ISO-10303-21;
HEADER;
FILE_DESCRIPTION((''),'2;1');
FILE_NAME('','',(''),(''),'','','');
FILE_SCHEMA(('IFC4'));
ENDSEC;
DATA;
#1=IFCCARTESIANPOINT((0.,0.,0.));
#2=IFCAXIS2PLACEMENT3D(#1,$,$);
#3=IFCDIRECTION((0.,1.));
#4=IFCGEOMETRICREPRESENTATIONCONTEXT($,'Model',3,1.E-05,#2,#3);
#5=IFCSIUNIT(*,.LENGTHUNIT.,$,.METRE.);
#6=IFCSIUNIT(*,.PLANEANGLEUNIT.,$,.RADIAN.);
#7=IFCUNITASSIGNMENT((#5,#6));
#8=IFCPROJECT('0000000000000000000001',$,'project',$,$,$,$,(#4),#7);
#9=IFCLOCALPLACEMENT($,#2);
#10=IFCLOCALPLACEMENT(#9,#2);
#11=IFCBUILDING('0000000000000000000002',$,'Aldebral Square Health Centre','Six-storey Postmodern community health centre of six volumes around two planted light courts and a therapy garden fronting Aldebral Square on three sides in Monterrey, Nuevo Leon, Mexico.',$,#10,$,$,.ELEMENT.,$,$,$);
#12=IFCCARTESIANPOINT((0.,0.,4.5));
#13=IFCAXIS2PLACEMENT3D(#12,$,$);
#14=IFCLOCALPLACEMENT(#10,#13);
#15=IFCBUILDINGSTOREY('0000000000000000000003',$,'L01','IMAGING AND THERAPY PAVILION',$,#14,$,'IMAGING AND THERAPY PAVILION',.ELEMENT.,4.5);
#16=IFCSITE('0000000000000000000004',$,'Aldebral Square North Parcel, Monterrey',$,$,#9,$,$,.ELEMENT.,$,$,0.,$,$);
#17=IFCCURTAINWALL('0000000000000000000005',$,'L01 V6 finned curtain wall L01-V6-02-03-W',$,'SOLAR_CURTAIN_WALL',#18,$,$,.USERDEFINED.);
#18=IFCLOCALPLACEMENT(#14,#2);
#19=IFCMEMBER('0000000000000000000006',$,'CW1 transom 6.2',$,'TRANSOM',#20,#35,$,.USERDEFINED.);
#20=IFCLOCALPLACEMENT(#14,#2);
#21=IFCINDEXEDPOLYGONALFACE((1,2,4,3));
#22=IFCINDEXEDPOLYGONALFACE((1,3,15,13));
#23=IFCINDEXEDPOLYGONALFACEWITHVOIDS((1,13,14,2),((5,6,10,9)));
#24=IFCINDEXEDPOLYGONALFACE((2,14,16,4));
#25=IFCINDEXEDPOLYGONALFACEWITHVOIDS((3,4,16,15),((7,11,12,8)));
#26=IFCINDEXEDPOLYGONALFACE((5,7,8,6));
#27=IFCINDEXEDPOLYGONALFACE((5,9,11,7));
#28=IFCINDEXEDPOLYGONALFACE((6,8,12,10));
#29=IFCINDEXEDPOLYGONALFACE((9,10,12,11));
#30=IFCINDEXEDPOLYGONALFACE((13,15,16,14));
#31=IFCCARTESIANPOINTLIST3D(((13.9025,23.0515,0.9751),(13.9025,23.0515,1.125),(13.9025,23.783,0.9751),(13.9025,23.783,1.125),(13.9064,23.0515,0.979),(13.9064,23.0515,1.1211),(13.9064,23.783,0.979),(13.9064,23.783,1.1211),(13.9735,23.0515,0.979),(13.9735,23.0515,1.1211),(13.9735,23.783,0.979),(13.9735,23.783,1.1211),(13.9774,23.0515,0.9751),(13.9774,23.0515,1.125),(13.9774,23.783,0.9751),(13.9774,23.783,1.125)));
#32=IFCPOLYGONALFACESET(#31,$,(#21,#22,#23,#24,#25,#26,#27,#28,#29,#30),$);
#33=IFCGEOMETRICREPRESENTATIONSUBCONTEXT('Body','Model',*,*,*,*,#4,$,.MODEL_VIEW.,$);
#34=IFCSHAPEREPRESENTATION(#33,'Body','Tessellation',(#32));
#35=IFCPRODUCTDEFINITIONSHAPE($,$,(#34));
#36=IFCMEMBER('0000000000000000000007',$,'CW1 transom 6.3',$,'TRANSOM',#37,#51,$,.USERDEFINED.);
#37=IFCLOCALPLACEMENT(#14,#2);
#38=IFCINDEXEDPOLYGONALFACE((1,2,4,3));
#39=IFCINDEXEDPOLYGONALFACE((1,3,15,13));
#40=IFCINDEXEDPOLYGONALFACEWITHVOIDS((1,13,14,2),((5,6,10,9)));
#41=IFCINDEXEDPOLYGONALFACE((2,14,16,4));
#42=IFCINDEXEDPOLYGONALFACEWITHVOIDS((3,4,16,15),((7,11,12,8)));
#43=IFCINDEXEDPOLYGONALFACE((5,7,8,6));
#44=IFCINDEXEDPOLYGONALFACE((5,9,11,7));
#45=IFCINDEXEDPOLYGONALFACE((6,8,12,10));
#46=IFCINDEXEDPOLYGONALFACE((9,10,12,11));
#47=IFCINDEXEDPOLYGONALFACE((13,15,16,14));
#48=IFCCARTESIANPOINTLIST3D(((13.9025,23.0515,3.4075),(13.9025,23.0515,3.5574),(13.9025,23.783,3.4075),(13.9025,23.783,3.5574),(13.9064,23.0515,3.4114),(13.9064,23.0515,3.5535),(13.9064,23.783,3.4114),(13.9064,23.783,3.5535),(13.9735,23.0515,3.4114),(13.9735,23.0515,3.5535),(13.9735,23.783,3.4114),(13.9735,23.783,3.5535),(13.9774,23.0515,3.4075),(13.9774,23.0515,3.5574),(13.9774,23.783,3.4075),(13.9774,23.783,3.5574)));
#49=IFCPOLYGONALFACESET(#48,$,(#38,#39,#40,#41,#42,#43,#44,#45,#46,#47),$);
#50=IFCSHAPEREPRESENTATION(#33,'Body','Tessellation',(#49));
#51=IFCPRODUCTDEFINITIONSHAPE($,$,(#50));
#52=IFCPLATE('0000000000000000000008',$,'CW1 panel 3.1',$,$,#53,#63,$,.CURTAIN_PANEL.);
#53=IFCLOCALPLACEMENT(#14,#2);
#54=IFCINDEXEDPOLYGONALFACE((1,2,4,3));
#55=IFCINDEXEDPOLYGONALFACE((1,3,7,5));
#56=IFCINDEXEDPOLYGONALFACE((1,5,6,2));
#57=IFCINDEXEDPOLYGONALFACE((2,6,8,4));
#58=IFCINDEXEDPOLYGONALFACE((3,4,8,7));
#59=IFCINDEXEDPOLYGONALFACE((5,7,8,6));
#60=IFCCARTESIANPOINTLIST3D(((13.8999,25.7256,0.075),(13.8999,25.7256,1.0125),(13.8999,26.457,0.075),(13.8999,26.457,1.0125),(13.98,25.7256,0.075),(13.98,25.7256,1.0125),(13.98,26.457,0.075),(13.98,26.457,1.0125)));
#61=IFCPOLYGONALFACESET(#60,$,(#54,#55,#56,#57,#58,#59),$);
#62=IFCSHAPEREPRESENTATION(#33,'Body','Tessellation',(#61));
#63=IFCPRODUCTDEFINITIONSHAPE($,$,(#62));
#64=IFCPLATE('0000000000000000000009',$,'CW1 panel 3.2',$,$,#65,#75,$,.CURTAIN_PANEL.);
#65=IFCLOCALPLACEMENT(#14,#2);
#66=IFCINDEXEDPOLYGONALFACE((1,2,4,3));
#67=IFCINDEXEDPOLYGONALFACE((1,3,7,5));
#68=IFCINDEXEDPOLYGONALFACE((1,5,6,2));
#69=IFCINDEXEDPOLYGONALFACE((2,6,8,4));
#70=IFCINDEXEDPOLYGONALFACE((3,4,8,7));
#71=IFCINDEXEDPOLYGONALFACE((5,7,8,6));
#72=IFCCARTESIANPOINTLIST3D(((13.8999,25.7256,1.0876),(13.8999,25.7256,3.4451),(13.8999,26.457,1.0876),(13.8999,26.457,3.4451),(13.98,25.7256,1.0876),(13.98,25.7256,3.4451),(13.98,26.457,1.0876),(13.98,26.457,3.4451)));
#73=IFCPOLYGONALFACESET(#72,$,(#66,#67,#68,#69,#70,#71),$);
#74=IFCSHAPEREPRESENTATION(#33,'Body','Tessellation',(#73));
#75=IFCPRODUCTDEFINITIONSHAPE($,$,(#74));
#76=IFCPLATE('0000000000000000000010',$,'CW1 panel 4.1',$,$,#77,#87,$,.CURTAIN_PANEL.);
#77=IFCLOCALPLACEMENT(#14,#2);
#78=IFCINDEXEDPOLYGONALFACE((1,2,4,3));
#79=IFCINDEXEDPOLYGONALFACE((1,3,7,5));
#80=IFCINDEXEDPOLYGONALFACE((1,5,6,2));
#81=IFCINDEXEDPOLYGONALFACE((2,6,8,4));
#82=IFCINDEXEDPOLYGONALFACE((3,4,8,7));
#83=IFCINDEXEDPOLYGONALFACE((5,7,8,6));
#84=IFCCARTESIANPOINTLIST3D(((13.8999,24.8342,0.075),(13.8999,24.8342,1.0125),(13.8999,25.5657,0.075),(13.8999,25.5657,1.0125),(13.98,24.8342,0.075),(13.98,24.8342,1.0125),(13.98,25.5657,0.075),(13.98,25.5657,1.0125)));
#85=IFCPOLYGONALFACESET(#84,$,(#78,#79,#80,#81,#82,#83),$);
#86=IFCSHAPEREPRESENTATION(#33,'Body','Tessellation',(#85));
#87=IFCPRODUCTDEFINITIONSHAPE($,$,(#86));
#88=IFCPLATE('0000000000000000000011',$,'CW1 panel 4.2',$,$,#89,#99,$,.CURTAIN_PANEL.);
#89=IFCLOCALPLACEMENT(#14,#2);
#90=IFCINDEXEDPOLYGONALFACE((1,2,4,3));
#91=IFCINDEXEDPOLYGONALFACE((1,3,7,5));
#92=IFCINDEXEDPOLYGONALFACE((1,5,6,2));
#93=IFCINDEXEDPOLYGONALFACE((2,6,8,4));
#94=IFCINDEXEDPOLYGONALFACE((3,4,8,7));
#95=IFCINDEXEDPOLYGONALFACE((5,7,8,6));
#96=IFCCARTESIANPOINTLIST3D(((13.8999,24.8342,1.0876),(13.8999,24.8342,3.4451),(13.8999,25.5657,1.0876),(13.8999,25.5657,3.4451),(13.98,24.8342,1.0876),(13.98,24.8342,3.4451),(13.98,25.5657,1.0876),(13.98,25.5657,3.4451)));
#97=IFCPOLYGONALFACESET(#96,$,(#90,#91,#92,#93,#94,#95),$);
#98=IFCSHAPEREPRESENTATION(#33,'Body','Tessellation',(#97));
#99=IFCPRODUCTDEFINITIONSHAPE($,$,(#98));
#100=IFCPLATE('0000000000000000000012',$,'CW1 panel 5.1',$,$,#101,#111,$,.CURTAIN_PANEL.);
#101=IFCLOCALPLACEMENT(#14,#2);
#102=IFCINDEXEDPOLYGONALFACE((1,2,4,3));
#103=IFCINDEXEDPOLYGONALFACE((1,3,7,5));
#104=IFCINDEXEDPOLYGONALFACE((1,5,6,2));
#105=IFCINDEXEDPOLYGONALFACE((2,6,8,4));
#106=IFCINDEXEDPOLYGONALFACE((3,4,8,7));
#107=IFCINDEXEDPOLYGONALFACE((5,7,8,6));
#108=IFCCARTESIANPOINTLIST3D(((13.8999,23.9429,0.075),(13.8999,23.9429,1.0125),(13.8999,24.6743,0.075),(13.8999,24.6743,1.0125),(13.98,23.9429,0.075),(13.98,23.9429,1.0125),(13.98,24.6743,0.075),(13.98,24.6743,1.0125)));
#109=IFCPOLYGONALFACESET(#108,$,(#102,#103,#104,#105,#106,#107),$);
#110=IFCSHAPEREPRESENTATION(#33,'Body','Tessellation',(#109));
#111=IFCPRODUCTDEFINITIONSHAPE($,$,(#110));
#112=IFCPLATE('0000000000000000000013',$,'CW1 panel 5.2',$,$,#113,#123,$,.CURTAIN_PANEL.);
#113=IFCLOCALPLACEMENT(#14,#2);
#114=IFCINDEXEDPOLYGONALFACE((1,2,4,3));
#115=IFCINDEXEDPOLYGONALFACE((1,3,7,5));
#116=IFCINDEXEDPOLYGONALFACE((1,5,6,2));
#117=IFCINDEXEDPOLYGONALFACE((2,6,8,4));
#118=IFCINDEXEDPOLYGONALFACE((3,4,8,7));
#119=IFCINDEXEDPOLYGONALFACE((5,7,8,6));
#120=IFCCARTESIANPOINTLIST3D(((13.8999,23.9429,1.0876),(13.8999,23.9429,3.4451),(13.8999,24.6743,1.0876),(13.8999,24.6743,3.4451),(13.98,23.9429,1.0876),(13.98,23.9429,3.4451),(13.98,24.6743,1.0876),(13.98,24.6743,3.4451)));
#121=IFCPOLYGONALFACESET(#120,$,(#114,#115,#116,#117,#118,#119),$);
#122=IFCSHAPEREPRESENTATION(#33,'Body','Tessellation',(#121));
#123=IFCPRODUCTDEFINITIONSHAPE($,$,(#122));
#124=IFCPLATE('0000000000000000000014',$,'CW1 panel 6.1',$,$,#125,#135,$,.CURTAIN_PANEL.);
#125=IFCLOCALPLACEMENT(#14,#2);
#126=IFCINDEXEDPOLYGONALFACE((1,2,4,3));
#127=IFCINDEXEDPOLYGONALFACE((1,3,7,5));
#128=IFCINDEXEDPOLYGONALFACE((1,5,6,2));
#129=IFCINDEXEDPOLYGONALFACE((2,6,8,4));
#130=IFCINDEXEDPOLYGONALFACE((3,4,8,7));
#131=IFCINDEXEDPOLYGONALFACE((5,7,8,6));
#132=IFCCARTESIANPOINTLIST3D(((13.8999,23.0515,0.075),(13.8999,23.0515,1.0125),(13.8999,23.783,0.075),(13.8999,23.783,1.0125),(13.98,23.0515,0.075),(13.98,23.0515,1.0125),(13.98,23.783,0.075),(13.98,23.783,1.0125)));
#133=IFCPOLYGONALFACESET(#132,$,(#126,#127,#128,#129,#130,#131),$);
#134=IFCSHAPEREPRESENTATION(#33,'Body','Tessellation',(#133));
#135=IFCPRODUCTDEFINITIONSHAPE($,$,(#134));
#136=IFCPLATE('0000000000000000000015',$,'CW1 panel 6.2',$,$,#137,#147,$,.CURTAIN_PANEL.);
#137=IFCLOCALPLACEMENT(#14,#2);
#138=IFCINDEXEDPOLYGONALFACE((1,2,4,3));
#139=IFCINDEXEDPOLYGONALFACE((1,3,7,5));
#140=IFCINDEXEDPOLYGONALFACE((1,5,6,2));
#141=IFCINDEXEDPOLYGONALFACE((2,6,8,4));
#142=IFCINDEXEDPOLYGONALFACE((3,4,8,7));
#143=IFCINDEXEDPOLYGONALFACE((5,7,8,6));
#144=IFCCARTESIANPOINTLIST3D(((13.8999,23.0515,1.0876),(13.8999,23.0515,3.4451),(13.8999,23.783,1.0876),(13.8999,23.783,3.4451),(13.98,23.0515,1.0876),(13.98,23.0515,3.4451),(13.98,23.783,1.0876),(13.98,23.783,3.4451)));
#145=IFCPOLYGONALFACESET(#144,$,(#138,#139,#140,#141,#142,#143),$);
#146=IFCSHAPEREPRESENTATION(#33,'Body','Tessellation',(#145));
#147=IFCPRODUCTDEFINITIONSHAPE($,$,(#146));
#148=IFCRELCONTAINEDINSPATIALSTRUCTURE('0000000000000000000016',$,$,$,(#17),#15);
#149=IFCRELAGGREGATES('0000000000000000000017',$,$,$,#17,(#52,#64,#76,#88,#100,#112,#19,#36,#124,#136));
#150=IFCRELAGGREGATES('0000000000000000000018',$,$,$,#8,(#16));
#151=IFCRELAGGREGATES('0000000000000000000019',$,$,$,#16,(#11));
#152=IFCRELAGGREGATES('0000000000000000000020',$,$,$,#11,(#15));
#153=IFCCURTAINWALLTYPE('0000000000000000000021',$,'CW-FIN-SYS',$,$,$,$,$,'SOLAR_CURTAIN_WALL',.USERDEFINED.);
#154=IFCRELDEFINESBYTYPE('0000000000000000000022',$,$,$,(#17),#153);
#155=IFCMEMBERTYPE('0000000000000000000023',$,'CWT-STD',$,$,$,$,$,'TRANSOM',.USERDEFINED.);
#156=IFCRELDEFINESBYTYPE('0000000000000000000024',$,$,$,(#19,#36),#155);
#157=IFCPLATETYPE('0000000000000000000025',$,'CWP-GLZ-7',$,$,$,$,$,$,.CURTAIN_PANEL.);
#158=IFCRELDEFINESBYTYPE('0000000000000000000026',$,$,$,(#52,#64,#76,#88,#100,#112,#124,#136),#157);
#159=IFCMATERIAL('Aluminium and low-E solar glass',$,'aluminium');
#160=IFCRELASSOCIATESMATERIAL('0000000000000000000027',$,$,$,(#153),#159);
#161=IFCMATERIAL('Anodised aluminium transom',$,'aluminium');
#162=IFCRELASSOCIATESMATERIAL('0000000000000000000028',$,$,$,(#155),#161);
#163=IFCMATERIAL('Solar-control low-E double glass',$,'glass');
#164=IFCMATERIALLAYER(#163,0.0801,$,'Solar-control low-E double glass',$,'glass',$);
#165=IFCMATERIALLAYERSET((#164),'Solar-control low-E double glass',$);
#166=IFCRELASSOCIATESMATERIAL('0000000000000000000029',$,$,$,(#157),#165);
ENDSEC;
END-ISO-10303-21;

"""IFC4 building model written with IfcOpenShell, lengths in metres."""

from ifc_helpers import new_model, si_unit, direction, frame, origin, origin_2d, place, context, subcontext, project, spatial, rectangle, hollow_rectangle, extrude, material, layer, layer_set, material_profile, profile_set, type_object, element, aggregate, save


model = new_model("IFC4")

# Units and contexts
model_context = context("Model", 3, precision=1e-05, world=origin(), true_north=direction((0.0, 1.0)))
body_context = subcontext(model_context, "Body", "Model", "MODEL_VIEW")
ifc_project = project(units=[si_unit("LENGTHUNIT", "METRE"), si_unit("PLANEANGLEUNIT", "RADIAN")], contexts=[model_context])

# Site, building, storey
site_placement = place(None, origin())
site = spatial("IfcSite", under=ifc_project, at=site_placement, Name="Aldebral Square North Parcel, Monterrey", CompositionType="ELEMENT", RefElevation=0.0)
building_placement = place(site_placement, origin())
building = spatial("IfcBuilding", under=site, at=building_placement, Name="Aldebral Square Health Centre", Description="Six-storey Postmodern community health centre of six volumes around two planted light courts and a therapy garden fronting Aldebral Square on three sides in Monterrey, Nuevo Leon, Mexico.", CompositionType="ELEMENT")
storey_placement = place(building_placement, frame((0.0, 0.0, 4.5)))
storey = spatial("IfcBuildingStorey", under=building, at=storey_placement, Name="L01", Description="IMAGING AND THERAPY PAVILION", LongName="IMAGING AND THERAPY PAVILION", CompositionType="ELEMENT", Elevation=4.5)

# Curtain wall, members, plates
ifc_material_1 = material(Name="Aluminium and low-E solar glass", Category="aluminium")
curtain_wall_type = type_object("IfcCurtainWallType", Name="CW-FIN-SYS", ElementType="SOLAR_CURTAIN_WALL", PredefinedType="USERDEFINED", material=ifc_material_1)
curtain_wall_placement = place(storey_placement, origin())
curtain_wall = element("IfcCurtainWall", 1, at=curtain_wall_placement, inside=storey, type_object=curtain_wall_type, Name="L01 V6 finned curtain wall L01-V6-02-03-W", ObjectType="SOLAR_CURTAIN_WALL", PredefinedType="USERDEFINED")
ifc_material_2 = material(Name="Anodised aluminium transom", Category="aluminium")
ifc_material_profile_1 = material_profile(ifc_material_2, hollow_rectangle(XDim=0.075, YDim=0.1499, WallThickness=0.0039, at=origin_2d()), Name="CWT 75x150x4")
ifc_profile_set_1 = profile_set([ifc_material_profile_1], Name="Anodised aluminium transom")
member_type_1 = type_object("IfcMemberType", Name="CWT-STD", ElementType="TRANSOM", PredefinedType="USERDEFINED", material=ifc_profile_set_1)
member_1_placement = place(storey_placement, frame((13.9399, 23.783, 1.05), z_axis=(0.0, -1.0, 0.0), x_axis=(1.0, 0.0, 0.0)))
member_1 = element("IfcMember", 2, at=member_1_placement, type_object=member_type_1, Name="CW1 transom 6.2", ObjectType="TRANSOM", PredefinedType="USERDEFINED", context=body_context, shape_type="SweptSolid", body=[
    extrude(hollow_rectangle(XDim=0.075, YDim=0.1499, WallThickness=0.0039, at=origin_2d()), origin(), (0.0, 0.0, 1.0), 0.7314),
])
member_2_placement = place(storey_placement, frame((13.9399, 23.783, 3.4824), z_axis=(0.0, -1.0, 0.0), x_axis=(1.0, 0.0, 0.0)))
member_2 = element("IfcMember", 3, at=member_2_placement, type_object=member_type_1, Name="CW1 transom 6.3", ObjectType="TRANSOM", PredefinedType="USERDEFINED", context=body_context, shape_type="SweptSolid", body=[
    extrude(hollow_rectangle(XDim=0.075, YDim=0.1499, WallThickness=0.0039, at=origin_2d()), origin(), (0.0, 0.0, 1.0), 0.7314),
])
ifc_material_3 = material(Name="Solar-control low-E double glass", Category="glass")
ifc_layer = layer(ifc_material_3, 0.0801, Name="Solar-control low-E double glass", Category="glass")
ifc_layer_set = layer_set([ifc_layer], Name="Solar-control low-E double glass")
plate_type = type_object("IfcPlateType", Name="CWP-GLZ-7", PredefinedType="CURTAIN_PANEL", material=ifc_layer_set)
plate_1_placement = place(storey_placement, frame((13.9399, 26.0913, 0.075), z_axis=(0.0, 0.0, 1.0), x_axis=(0.0, -1.0, 0.0)))
plate_1 = element("IfcPlate", 4, at=plate_1_placement, type_object=plate_type, Name="CW1 panel 3.1", PredefinedType="CURTAIN_PANEL", context=body_context, shape_type="SweptSolid", body=[
    extrude(rectangle(XDim=0.7314, YDim=0.0801, at=origin_2d()), origin(), (0.0, 0.0, 1.0), 0.9375),
])
plate_2_placement = place(storey_placement, frame((13.9399, 26.0913, 1.0876), z_axis=(0.0, 0.0, 1.0), x_axis=(0.0, -1.0, 0.0)))
plate_2 = element("IfcPlate", 5, at=plate_2_placement, type_object=plate_type, Name="CW1 panel 3.2", PredefinedType="CURTAIN_PANEL", context=body_context, shape_type="SweptSolid", body=[
    extrude(rectangle(XDim=0.7314, YDim=0.0801, at=origin_2d()), origin(), (0.0, 0.0, 1.0), 2.3574),
])
plate_3_placement = place(storey_placement, frame((13.9399, 25.2, 0.075), z_axis=(0.0, 0.0, 1.0), x_axis=(0.0, -1.0, 0.0)))
plate_3 = element("IfcPlate", 6, at=plate_3_placement, type_object=plate_type, Name="CW1 panel 4.1", PredefinedType="CURTAIN_PANEL", context=body_context, shape_type="SweptSolid", body=[
    extrude(rectangle(XDim=0.7314, YDim=0.0801, at=origin_2d()), origin(), (0.0, 0.0, 1.0), 0.9375),
])
plate_4_placement = place(storey_placement, frame((13.9399, 25.2, 1.0876), z_axis=(0.0, 0.0, 1.0), x_axis=(0.0, -1.0, 0.0)))
plate_4 = element("IfcPlate", 7, at=plate_4_placement, type_object=plate_type, Name="CW1 panel 4.2", PredefinedType="CURTAIN_PANEL", context=body_context, shape_type="SweptSolid", body=[
    extrude(rectangle(XDim=0.7314, YDim=0.0801, at=origin_2d()), origin(), (0.0, 0.0, 1.0), 2.3574),
])
plate_5_placement = place(storey_placement, frame((13.9399, 24.3086, 0.075), z_axis=(0.0, 0.0, 1.0), x_axis=(0.0, -1.0, 0.0)))
plate_5 = element("IfcPlate", 8, at=plate_5_placement, type_object=plate_type, Name="CW1 panel 5.1", PredefinedType="CURTAIN_PANEL", context=body_context, shape_type="SweptSolid", body=[
    extrude(rectangle(XDim=0.7314, YDim=0.0801, at=origin_2d()), origin(), (0.0, 0.0, 1.0), 0.9375),
])
plate_6_placement = place(storey_placement, frame((13.9399, 24.3086, 1.0876), z_axis=(0.0, 0.0, 1.0), x_axis=(0.0, -1.0, 0.0)))
plate_6 = element("IfcPlate", 9, at=plate_6_placement, type_object=plate_type, Name="CW1 panel 5.2", PredefinedType="CURTAIN_PANEL", context=body_context, shape_type="SweptSolid", body=[
    extrude(rectangle(XDim=0.7314, YDim=0.0801, at=origin_2d()), origin(), (0.0, 0.0, 1.0), 2.3574),
])
plate_7_placement = place(storey_placement, frame((13.9399, 23.4172, 0.075), z_axis=(0.0, 0.0, 1.0), x_axis=(0.0, -1.0, 0.0)))
plate_7 = element("IfcPlate", 10, at=plate_7_placement, type_object=plate_type, Name="CW1 panel 6.1", PredefinedType="CURTAIN_PANEL", context=body_context, shape_type="SweptSolid", body=[
    extrude(rectangle(XDim=0.7314, YDim=0.0801, at=origin_2d()), origin(), (0.0, 0.0, 1.0), 0.9375),
])
plate_8_placement = place(storey_placement, frame((13.9399, 23.4172, 1.0876), z_axis=(0.0, 0.0, 1.0), x_axis=(0.0, -1.0, 0.0)))
plate_8 = element("IfcPlate", 11, at=plate_8_placement, type_object=plate_type, Name="CW1 panel 6.2", PredefinedType="CURTAIN_PANEL", context=body_context, shape_type="SweptSolid", body=[
    extrude(rectangle(XDim=0.7314, YDim=0.0801, at=origin_2d()), origin(), (0.0, 0.0, 1.0), 2.3574),
])
aggregate(curtain_wall, [plate_1, plate_2, plate_3, plate_4, plate_5, plate_6, member_1, member_2, plate_7, plate_8])

save(model, "model.ifc")
